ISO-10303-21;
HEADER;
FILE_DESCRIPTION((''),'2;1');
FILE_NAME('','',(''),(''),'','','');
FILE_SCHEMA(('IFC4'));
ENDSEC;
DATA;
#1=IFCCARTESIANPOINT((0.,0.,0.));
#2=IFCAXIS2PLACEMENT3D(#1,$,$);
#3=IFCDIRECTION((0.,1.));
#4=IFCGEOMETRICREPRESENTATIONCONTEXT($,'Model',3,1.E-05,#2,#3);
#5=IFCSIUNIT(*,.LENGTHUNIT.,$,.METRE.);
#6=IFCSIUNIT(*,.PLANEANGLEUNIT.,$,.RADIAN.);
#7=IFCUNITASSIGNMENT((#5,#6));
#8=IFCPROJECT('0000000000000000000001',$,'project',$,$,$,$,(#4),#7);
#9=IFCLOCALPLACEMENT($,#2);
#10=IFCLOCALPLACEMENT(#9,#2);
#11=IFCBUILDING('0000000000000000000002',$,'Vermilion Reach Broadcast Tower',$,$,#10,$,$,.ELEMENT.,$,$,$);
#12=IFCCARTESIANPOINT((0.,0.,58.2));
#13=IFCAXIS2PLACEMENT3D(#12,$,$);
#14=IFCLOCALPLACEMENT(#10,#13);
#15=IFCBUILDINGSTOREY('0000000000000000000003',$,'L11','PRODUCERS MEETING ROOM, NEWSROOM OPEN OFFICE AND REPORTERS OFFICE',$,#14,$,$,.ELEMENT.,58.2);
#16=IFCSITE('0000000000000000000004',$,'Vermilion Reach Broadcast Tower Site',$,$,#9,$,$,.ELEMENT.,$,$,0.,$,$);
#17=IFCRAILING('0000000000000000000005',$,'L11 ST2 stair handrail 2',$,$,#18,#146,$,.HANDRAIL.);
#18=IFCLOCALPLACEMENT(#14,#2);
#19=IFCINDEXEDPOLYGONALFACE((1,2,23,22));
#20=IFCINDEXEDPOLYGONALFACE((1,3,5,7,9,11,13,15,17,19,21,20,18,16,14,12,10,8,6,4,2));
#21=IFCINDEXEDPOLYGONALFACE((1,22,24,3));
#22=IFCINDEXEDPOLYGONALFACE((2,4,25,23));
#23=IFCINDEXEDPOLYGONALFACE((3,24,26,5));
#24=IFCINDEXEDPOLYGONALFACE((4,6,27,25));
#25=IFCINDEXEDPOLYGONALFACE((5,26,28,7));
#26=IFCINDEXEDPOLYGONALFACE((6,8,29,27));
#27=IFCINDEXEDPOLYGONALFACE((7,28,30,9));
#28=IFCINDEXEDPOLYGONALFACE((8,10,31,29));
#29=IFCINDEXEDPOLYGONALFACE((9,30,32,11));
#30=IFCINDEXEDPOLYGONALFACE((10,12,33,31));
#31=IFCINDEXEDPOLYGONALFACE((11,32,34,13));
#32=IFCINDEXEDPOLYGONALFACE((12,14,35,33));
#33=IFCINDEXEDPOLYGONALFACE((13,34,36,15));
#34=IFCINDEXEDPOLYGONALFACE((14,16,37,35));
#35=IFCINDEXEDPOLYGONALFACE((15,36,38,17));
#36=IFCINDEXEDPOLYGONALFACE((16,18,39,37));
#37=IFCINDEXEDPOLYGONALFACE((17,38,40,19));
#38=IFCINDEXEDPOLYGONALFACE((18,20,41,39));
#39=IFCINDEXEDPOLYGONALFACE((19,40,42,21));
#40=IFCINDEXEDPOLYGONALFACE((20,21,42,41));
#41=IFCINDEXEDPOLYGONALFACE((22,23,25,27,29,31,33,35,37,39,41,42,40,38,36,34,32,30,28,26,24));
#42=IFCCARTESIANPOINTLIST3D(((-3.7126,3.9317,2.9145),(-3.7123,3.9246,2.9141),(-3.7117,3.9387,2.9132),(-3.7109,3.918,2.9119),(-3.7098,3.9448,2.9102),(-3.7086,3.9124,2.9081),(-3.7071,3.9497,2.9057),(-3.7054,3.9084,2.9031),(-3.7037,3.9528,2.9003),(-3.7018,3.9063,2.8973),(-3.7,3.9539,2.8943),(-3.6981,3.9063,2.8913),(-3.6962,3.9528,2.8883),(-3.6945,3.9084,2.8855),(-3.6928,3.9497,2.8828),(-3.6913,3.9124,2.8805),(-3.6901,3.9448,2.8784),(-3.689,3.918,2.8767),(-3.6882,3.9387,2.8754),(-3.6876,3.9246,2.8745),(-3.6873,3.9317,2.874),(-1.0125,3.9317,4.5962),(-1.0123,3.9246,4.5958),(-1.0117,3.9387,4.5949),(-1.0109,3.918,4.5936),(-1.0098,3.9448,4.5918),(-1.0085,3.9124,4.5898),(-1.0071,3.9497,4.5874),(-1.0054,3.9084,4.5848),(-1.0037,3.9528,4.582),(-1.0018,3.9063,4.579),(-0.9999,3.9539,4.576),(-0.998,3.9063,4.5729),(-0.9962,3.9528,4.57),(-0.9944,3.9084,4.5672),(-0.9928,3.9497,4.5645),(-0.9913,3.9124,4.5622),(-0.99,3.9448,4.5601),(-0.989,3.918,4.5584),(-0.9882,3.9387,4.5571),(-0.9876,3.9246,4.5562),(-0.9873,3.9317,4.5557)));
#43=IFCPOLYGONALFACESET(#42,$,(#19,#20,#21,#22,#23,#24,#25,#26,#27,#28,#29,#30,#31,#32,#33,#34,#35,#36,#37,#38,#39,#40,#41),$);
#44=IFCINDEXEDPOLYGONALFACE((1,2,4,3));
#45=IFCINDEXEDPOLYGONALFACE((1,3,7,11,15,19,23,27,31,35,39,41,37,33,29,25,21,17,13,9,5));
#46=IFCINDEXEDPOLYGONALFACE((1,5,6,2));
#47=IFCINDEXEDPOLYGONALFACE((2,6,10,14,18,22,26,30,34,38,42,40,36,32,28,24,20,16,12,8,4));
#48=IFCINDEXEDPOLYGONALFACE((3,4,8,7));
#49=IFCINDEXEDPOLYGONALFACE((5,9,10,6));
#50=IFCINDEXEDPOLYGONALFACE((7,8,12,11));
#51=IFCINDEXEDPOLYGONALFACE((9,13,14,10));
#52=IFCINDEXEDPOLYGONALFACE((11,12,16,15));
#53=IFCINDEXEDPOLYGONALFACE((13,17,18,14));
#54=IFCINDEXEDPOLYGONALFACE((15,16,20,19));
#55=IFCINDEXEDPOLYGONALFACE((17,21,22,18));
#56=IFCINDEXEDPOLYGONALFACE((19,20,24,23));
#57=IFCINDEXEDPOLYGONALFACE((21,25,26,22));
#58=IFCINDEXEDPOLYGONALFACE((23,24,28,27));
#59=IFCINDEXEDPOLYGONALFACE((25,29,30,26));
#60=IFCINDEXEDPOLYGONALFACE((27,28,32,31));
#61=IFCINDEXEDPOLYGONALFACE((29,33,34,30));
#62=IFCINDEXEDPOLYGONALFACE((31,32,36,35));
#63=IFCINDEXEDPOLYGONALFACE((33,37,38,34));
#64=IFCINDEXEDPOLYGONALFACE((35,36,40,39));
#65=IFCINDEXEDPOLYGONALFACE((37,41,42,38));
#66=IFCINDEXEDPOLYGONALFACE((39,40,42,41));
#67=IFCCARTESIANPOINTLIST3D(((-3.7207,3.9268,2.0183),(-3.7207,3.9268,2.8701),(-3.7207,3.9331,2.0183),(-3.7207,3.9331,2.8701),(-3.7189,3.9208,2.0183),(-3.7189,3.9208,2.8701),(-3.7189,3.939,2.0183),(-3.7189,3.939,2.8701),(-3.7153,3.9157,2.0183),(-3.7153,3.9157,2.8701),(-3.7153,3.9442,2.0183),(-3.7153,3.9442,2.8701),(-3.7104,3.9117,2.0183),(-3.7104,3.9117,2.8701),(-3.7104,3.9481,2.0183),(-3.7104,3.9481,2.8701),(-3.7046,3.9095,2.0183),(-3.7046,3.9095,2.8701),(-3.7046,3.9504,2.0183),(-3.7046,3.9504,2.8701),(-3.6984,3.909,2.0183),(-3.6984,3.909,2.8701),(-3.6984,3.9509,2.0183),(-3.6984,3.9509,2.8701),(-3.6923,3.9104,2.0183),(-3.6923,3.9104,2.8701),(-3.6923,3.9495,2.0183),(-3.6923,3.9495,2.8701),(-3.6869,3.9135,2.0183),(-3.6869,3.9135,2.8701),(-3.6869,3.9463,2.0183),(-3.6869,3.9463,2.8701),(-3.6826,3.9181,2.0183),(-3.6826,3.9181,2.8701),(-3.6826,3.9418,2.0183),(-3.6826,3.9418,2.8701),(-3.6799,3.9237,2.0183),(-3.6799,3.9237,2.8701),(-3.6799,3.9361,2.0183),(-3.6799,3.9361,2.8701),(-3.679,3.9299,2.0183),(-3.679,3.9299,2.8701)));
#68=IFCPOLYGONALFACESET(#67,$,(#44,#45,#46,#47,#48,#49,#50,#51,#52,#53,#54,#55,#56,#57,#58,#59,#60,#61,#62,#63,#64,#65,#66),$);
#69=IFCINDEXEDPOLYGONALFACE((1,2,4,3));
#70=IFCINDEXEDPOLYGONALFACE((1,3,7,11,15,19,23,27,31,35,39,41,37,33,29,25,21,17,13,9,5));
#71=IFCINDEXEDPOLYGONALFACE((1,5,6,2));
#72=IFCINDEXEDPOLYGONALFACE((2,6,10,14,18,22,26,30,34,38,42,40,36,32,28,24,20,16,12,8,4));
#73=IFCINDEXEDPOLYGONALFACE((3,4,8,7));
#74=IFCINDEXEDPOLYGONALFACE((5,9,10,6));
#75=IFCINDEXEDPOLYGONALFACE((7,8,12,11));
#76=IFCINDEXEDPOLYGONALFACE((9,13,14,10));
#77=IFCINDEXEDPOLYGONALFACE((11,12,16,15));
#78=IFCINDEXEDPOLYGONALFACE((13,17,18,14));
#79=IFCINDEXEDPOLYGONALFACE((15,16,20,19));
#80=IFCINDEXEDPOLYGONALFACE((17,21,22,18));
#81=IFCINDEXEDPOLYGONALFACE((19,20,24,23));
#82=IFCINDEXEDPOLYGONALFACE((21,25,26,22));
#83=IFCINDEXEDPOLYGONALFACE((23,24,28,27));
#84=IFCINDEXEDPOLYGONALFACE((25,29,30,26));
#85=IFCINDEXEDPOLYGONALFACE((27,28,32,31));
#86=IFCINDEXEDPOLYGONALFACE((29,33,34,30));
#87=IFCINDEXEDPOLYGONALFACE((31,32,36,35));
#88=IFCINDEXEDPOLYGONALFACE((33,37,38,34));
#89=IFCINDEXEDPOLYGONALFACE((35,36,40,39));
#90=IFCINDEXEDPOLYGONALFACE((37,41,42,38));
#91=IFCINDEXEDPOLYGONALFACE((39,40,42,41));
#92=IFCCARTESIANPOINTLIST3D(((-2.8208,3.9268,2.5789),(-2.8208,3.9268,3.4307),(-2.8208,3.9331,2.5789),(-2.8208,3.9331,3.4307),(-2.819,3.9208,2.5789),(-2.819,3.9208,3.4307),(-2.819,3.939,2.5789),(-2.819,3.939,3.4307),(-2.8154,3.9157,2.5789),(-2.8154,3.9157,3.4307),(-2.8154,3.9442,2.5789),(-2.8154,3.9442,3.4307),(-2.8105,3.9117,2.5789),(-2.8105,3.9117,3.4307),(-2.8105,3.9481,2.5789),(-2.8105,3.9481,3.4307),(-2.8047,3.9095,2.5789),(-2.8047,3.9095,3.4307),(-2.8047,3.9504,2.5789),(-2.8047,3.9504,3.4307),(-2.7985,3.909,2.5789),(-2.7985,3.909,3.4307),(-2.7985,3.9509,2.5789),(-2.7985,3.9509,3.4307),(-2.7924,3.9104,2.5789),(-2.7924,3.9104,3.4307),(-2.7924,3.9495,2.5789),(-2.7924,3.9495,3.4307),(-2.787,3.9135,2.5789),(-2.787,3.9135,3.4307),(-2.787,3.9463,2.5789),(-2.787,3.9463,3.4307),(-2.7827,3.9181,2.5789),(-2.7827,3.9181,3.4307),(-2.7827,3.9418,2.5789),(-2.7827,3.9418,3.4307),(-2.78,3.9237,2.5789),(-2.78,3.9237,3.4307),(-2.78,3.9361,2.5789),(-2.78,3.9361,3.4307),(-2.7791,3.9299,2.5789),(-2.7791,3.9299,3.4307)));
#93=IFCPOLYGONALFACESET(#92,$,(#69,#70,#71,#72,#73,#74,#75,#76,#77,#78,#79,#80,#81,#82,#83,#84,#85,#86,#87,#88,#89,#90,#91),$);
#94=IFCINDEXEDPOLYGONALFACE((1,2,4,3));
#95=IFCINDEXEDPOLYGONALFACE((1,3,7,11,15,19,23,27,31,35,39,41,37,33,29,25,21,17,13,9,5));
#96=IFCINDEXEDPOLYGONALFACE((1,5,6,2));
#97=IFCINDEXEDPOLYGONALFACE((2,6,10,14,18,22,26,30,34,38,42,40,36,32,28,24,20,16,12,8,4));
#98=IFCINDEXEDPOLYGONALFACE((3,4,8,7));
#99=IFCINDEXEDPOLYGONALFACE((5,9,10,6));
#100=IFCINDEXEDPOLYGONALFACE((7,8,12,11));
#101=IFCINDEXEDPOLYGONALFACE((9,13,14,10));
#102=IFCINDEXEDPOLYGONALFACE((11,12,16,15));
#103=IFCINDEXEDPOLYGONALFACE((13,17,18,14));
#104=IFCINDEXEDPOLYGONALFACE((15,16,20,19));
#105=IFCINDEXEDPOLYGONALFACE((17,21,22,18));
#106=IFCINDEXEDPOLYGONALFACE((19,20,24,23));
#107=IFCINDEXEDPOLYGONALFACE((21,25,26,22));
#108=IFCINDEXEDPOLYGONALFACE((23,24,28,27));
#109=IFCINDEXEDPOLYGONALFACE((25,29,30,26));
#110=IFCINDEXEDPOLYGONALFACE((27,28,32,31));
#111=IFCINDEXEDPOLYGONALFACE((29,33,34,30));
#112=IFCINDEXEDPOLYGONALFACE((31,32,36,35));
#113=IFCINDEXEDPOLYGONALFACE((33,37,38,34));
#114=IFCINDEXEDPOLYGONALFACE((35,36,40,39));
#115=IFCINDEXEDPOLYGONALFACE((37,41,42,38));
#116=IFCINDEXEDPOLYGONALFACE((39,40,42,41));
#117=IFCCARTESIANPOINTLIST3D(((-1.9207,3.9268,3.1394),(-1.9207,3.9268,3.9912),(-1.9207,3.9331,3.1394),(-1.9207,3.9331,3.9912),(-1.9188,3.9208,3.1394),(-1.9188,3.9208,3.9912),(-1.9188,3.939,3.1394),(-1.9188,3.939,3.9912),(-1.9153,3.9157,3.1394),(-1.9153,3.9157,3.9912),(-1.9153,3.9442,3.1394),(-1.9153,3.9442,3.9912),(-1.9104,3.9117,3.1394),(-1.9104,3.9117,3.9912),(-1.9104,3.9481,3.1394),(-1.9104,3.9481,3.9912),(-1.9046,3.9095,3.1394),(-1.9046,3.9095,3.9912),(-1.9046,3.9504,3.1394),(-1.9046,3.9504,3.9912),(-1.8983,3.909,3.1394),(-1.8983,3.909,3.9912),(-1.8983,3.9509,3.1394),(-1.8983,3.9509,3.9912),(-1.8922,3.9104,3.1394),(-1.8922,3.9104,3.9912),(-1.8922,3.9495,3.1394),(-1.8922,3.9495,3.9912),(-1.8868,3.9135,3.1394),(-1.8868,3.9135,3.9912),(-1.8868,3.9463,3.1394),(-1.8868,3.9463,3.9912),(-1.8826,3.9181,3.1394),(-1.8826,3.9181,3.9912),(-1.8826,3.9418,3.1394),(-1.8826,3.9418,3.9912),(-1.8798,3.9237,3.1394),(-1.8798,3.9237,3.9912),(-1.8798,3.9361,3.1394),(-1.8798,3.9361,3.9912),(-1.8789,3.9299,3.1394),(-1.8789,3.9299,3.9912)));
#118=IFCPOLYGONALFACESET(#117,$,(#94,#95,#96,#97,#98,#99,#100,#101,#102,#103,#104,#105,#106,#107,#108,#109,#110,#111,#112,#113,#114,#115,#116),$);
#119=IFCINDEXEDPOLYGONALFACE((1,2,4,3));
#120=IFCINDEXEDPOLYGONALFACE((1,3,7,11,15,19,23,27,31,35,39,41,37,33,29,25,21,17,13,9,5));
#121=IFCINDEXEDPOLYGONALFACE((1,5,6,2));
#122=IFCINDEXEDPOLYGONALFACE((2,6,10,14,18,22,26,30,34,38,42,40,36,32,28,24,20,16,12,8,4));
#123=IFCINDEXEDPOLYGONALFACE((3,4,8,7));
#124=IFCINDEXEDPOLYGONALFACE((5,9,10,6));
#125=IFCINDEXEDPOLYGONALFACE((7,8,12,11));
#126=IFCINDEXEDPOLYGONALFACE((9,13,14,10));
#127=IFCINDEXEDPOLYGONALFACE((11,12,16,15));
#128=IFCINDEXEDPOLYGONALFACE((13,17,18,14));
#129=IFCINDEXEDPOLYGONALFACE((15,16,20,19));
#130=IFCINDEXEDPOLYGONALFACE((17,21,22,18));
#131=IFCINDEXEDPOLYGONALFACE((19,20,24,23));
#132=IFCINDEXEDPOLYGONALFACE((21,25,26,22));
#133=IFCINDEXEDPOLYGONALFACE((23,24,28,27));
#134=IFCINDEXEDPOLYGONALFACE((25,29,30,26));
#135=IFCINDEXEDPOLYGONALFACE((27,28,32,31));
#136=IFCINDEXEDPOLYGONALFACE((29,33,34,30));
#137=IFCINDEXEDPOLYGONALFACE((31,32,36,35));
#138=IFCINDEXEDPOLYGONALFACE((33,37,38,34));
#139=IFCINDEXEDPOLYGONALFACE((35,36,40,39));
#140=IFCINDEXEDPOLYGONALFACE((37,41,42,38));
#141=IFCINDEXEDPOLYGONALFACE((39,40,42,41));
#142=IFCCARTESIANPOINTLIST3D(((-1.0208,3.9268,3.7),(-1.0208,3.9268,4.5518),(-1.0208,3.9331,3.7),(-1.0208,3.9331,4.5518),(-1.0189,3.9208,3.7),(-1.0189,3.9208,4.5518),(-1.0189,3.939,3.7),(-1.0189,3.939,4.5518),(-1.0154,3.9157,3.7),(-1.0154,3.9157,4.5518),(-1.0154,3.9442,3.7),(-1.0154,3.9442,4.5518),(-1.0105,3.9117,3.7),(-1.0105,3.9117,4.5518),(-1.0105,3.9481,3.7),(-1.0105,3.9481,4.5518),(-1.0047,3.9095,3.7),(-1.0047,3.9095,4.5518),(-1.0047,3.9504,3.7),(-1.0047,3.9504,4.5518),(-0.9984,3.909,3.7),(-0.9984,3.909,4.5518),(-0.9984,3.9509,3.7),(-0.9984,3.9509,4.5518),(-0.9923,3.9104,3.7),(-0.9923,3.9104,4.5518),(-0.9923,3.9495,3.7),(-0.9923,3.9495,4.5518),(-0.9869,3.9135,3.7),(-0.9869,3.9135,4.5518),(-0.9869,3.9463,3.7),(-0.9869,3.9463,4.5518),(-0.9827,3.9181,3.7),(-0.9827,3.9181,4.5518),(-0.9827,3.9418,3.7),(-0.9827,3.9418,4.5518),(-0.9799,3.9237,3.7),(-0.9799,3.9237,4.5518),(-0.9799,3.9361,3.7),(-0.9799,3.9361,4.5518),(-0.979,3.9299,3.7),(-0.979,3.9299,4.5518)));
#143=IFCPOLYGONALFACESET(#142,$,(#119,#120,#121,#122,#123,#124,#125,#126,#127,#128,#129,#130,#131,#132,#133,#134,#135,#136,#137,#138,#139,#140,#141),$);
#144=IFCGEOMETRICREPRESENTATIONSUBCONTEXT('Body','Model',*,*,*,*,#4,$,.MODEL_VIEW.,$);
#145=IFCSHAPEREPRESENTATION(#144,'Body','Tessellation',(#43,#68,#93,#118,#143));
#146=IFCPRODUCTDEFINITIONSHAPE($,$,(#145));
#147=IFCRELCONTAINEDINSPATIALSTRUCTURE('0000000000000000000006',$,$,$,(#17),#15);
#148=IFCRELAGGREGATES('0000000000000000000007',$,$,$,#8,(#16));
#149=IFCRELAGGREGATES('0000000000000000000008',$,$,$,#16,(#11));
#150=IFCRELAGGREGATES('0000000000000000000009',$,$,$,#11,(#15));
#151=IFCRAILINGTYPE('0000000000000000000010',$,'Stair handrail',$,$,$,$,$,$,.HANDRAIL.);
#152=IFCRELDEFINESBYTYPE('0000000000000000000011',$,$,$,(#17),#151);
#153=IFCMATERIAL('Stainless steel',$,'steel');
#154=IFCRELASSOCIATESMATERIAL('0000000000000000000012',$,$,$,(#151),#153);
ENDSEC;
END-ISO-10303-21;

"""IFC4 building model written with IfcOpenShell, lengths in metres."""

from ifc_helpers import new_model, si_unit, direction, frame, origin, origin_2d, place, context, subcontext, project, spatial, circle, extrude, material, type_object, element, save


model = new_model("IFC4")

# Units and contexts
model_context = context("Model", 3, precision=1e-05, world=origin(), true_north=direction((0.0, 1.0)))
body_context = subcontext(model_context, "Body", "Model", "MODEL_VIEW")
ifc_project = project(units=[si_unit("LENGTHUNIT", "METRE"), si_unit("PLANEANGLEUNIT", "RADIAN")], contexts=[model_context])

# Site, building, storey
site_placement = place(None, origin())
site = spatial("IfcSite", under=ifc_project, at=site_placement, Name="Vermilion Reach Broadcast Tower Site", CompositionType="ELEMENT", RefElevation=0.0)
building_placement = place(site_placement, origin())
building = spatial("IfcBuilding", under=site, at=building_placement, Name="Vermilion Reach Broadcast Tower", CompositionType="ELEMENT")
storey_placement = place(building_placement, frame((0.0, 0.0, 58.2)))
storey = spatial("IfcBuildingStorey", under=building, at=storey_placement, Name="L11", Description="PRODUCERS MEETING ROOM, NEWSROOM OPEN OFFICE AND REPORTERS OFFICE", CompositionType="ELEMENT", Elevation=58.2)

# Railing
ifc_material_1 = material(Name="Stainless steel", Category="steel")
railing_type_1 = type_object("IfcRailingType", Name="Stair handrail", PredefinedType="HANDRAIL", material=ifc_material_1)
railing_1_placement = place(storey_placement, frame((-3.7, 3.9299, 2.0183)))
element("IfcRailing", 1, at=railing_1_placement, inside=storey, type_object=railing_type_1, Name="L11 ST2 stair handrail 2", PredefinedType="HANDRAIL", context=body_context, shape_type="SweptSolid", body=[
    extrude(circle(Radius=0.0239, at=origin_2d()), frame((0.0, 0.0, 0.876), z_axis=(0.848821, 0.0, 0.528681), x_axis=(0.0, 1.0, 0.0)), (0.0, 0.0, 1.0), 3.1809),
    extrude(circle(Radius=0.021, at=origin_2d()), origin(), (0.0, 0.0, 1.0), 0.8518),
    extrude(circle(Radius=0.021, at=origin_2d()), frame((0.8999, 0.0, 0.5605)), (0.0, 0.0, 1.0), 0.8518),
    extrude(circle(Radius=0.021, at=origin_2d()), frame((1.8, 0.0, 1.1211)), (0.0, 0.0, 1.0), 0.8518),
    extrude(circle(Radius=0.021, at=origin_2d()), frame((2.7, 0.0, 1.6816)), (0.0, 0.0, 1.0), 0.8518),
])

save(model, "model.ifc")
